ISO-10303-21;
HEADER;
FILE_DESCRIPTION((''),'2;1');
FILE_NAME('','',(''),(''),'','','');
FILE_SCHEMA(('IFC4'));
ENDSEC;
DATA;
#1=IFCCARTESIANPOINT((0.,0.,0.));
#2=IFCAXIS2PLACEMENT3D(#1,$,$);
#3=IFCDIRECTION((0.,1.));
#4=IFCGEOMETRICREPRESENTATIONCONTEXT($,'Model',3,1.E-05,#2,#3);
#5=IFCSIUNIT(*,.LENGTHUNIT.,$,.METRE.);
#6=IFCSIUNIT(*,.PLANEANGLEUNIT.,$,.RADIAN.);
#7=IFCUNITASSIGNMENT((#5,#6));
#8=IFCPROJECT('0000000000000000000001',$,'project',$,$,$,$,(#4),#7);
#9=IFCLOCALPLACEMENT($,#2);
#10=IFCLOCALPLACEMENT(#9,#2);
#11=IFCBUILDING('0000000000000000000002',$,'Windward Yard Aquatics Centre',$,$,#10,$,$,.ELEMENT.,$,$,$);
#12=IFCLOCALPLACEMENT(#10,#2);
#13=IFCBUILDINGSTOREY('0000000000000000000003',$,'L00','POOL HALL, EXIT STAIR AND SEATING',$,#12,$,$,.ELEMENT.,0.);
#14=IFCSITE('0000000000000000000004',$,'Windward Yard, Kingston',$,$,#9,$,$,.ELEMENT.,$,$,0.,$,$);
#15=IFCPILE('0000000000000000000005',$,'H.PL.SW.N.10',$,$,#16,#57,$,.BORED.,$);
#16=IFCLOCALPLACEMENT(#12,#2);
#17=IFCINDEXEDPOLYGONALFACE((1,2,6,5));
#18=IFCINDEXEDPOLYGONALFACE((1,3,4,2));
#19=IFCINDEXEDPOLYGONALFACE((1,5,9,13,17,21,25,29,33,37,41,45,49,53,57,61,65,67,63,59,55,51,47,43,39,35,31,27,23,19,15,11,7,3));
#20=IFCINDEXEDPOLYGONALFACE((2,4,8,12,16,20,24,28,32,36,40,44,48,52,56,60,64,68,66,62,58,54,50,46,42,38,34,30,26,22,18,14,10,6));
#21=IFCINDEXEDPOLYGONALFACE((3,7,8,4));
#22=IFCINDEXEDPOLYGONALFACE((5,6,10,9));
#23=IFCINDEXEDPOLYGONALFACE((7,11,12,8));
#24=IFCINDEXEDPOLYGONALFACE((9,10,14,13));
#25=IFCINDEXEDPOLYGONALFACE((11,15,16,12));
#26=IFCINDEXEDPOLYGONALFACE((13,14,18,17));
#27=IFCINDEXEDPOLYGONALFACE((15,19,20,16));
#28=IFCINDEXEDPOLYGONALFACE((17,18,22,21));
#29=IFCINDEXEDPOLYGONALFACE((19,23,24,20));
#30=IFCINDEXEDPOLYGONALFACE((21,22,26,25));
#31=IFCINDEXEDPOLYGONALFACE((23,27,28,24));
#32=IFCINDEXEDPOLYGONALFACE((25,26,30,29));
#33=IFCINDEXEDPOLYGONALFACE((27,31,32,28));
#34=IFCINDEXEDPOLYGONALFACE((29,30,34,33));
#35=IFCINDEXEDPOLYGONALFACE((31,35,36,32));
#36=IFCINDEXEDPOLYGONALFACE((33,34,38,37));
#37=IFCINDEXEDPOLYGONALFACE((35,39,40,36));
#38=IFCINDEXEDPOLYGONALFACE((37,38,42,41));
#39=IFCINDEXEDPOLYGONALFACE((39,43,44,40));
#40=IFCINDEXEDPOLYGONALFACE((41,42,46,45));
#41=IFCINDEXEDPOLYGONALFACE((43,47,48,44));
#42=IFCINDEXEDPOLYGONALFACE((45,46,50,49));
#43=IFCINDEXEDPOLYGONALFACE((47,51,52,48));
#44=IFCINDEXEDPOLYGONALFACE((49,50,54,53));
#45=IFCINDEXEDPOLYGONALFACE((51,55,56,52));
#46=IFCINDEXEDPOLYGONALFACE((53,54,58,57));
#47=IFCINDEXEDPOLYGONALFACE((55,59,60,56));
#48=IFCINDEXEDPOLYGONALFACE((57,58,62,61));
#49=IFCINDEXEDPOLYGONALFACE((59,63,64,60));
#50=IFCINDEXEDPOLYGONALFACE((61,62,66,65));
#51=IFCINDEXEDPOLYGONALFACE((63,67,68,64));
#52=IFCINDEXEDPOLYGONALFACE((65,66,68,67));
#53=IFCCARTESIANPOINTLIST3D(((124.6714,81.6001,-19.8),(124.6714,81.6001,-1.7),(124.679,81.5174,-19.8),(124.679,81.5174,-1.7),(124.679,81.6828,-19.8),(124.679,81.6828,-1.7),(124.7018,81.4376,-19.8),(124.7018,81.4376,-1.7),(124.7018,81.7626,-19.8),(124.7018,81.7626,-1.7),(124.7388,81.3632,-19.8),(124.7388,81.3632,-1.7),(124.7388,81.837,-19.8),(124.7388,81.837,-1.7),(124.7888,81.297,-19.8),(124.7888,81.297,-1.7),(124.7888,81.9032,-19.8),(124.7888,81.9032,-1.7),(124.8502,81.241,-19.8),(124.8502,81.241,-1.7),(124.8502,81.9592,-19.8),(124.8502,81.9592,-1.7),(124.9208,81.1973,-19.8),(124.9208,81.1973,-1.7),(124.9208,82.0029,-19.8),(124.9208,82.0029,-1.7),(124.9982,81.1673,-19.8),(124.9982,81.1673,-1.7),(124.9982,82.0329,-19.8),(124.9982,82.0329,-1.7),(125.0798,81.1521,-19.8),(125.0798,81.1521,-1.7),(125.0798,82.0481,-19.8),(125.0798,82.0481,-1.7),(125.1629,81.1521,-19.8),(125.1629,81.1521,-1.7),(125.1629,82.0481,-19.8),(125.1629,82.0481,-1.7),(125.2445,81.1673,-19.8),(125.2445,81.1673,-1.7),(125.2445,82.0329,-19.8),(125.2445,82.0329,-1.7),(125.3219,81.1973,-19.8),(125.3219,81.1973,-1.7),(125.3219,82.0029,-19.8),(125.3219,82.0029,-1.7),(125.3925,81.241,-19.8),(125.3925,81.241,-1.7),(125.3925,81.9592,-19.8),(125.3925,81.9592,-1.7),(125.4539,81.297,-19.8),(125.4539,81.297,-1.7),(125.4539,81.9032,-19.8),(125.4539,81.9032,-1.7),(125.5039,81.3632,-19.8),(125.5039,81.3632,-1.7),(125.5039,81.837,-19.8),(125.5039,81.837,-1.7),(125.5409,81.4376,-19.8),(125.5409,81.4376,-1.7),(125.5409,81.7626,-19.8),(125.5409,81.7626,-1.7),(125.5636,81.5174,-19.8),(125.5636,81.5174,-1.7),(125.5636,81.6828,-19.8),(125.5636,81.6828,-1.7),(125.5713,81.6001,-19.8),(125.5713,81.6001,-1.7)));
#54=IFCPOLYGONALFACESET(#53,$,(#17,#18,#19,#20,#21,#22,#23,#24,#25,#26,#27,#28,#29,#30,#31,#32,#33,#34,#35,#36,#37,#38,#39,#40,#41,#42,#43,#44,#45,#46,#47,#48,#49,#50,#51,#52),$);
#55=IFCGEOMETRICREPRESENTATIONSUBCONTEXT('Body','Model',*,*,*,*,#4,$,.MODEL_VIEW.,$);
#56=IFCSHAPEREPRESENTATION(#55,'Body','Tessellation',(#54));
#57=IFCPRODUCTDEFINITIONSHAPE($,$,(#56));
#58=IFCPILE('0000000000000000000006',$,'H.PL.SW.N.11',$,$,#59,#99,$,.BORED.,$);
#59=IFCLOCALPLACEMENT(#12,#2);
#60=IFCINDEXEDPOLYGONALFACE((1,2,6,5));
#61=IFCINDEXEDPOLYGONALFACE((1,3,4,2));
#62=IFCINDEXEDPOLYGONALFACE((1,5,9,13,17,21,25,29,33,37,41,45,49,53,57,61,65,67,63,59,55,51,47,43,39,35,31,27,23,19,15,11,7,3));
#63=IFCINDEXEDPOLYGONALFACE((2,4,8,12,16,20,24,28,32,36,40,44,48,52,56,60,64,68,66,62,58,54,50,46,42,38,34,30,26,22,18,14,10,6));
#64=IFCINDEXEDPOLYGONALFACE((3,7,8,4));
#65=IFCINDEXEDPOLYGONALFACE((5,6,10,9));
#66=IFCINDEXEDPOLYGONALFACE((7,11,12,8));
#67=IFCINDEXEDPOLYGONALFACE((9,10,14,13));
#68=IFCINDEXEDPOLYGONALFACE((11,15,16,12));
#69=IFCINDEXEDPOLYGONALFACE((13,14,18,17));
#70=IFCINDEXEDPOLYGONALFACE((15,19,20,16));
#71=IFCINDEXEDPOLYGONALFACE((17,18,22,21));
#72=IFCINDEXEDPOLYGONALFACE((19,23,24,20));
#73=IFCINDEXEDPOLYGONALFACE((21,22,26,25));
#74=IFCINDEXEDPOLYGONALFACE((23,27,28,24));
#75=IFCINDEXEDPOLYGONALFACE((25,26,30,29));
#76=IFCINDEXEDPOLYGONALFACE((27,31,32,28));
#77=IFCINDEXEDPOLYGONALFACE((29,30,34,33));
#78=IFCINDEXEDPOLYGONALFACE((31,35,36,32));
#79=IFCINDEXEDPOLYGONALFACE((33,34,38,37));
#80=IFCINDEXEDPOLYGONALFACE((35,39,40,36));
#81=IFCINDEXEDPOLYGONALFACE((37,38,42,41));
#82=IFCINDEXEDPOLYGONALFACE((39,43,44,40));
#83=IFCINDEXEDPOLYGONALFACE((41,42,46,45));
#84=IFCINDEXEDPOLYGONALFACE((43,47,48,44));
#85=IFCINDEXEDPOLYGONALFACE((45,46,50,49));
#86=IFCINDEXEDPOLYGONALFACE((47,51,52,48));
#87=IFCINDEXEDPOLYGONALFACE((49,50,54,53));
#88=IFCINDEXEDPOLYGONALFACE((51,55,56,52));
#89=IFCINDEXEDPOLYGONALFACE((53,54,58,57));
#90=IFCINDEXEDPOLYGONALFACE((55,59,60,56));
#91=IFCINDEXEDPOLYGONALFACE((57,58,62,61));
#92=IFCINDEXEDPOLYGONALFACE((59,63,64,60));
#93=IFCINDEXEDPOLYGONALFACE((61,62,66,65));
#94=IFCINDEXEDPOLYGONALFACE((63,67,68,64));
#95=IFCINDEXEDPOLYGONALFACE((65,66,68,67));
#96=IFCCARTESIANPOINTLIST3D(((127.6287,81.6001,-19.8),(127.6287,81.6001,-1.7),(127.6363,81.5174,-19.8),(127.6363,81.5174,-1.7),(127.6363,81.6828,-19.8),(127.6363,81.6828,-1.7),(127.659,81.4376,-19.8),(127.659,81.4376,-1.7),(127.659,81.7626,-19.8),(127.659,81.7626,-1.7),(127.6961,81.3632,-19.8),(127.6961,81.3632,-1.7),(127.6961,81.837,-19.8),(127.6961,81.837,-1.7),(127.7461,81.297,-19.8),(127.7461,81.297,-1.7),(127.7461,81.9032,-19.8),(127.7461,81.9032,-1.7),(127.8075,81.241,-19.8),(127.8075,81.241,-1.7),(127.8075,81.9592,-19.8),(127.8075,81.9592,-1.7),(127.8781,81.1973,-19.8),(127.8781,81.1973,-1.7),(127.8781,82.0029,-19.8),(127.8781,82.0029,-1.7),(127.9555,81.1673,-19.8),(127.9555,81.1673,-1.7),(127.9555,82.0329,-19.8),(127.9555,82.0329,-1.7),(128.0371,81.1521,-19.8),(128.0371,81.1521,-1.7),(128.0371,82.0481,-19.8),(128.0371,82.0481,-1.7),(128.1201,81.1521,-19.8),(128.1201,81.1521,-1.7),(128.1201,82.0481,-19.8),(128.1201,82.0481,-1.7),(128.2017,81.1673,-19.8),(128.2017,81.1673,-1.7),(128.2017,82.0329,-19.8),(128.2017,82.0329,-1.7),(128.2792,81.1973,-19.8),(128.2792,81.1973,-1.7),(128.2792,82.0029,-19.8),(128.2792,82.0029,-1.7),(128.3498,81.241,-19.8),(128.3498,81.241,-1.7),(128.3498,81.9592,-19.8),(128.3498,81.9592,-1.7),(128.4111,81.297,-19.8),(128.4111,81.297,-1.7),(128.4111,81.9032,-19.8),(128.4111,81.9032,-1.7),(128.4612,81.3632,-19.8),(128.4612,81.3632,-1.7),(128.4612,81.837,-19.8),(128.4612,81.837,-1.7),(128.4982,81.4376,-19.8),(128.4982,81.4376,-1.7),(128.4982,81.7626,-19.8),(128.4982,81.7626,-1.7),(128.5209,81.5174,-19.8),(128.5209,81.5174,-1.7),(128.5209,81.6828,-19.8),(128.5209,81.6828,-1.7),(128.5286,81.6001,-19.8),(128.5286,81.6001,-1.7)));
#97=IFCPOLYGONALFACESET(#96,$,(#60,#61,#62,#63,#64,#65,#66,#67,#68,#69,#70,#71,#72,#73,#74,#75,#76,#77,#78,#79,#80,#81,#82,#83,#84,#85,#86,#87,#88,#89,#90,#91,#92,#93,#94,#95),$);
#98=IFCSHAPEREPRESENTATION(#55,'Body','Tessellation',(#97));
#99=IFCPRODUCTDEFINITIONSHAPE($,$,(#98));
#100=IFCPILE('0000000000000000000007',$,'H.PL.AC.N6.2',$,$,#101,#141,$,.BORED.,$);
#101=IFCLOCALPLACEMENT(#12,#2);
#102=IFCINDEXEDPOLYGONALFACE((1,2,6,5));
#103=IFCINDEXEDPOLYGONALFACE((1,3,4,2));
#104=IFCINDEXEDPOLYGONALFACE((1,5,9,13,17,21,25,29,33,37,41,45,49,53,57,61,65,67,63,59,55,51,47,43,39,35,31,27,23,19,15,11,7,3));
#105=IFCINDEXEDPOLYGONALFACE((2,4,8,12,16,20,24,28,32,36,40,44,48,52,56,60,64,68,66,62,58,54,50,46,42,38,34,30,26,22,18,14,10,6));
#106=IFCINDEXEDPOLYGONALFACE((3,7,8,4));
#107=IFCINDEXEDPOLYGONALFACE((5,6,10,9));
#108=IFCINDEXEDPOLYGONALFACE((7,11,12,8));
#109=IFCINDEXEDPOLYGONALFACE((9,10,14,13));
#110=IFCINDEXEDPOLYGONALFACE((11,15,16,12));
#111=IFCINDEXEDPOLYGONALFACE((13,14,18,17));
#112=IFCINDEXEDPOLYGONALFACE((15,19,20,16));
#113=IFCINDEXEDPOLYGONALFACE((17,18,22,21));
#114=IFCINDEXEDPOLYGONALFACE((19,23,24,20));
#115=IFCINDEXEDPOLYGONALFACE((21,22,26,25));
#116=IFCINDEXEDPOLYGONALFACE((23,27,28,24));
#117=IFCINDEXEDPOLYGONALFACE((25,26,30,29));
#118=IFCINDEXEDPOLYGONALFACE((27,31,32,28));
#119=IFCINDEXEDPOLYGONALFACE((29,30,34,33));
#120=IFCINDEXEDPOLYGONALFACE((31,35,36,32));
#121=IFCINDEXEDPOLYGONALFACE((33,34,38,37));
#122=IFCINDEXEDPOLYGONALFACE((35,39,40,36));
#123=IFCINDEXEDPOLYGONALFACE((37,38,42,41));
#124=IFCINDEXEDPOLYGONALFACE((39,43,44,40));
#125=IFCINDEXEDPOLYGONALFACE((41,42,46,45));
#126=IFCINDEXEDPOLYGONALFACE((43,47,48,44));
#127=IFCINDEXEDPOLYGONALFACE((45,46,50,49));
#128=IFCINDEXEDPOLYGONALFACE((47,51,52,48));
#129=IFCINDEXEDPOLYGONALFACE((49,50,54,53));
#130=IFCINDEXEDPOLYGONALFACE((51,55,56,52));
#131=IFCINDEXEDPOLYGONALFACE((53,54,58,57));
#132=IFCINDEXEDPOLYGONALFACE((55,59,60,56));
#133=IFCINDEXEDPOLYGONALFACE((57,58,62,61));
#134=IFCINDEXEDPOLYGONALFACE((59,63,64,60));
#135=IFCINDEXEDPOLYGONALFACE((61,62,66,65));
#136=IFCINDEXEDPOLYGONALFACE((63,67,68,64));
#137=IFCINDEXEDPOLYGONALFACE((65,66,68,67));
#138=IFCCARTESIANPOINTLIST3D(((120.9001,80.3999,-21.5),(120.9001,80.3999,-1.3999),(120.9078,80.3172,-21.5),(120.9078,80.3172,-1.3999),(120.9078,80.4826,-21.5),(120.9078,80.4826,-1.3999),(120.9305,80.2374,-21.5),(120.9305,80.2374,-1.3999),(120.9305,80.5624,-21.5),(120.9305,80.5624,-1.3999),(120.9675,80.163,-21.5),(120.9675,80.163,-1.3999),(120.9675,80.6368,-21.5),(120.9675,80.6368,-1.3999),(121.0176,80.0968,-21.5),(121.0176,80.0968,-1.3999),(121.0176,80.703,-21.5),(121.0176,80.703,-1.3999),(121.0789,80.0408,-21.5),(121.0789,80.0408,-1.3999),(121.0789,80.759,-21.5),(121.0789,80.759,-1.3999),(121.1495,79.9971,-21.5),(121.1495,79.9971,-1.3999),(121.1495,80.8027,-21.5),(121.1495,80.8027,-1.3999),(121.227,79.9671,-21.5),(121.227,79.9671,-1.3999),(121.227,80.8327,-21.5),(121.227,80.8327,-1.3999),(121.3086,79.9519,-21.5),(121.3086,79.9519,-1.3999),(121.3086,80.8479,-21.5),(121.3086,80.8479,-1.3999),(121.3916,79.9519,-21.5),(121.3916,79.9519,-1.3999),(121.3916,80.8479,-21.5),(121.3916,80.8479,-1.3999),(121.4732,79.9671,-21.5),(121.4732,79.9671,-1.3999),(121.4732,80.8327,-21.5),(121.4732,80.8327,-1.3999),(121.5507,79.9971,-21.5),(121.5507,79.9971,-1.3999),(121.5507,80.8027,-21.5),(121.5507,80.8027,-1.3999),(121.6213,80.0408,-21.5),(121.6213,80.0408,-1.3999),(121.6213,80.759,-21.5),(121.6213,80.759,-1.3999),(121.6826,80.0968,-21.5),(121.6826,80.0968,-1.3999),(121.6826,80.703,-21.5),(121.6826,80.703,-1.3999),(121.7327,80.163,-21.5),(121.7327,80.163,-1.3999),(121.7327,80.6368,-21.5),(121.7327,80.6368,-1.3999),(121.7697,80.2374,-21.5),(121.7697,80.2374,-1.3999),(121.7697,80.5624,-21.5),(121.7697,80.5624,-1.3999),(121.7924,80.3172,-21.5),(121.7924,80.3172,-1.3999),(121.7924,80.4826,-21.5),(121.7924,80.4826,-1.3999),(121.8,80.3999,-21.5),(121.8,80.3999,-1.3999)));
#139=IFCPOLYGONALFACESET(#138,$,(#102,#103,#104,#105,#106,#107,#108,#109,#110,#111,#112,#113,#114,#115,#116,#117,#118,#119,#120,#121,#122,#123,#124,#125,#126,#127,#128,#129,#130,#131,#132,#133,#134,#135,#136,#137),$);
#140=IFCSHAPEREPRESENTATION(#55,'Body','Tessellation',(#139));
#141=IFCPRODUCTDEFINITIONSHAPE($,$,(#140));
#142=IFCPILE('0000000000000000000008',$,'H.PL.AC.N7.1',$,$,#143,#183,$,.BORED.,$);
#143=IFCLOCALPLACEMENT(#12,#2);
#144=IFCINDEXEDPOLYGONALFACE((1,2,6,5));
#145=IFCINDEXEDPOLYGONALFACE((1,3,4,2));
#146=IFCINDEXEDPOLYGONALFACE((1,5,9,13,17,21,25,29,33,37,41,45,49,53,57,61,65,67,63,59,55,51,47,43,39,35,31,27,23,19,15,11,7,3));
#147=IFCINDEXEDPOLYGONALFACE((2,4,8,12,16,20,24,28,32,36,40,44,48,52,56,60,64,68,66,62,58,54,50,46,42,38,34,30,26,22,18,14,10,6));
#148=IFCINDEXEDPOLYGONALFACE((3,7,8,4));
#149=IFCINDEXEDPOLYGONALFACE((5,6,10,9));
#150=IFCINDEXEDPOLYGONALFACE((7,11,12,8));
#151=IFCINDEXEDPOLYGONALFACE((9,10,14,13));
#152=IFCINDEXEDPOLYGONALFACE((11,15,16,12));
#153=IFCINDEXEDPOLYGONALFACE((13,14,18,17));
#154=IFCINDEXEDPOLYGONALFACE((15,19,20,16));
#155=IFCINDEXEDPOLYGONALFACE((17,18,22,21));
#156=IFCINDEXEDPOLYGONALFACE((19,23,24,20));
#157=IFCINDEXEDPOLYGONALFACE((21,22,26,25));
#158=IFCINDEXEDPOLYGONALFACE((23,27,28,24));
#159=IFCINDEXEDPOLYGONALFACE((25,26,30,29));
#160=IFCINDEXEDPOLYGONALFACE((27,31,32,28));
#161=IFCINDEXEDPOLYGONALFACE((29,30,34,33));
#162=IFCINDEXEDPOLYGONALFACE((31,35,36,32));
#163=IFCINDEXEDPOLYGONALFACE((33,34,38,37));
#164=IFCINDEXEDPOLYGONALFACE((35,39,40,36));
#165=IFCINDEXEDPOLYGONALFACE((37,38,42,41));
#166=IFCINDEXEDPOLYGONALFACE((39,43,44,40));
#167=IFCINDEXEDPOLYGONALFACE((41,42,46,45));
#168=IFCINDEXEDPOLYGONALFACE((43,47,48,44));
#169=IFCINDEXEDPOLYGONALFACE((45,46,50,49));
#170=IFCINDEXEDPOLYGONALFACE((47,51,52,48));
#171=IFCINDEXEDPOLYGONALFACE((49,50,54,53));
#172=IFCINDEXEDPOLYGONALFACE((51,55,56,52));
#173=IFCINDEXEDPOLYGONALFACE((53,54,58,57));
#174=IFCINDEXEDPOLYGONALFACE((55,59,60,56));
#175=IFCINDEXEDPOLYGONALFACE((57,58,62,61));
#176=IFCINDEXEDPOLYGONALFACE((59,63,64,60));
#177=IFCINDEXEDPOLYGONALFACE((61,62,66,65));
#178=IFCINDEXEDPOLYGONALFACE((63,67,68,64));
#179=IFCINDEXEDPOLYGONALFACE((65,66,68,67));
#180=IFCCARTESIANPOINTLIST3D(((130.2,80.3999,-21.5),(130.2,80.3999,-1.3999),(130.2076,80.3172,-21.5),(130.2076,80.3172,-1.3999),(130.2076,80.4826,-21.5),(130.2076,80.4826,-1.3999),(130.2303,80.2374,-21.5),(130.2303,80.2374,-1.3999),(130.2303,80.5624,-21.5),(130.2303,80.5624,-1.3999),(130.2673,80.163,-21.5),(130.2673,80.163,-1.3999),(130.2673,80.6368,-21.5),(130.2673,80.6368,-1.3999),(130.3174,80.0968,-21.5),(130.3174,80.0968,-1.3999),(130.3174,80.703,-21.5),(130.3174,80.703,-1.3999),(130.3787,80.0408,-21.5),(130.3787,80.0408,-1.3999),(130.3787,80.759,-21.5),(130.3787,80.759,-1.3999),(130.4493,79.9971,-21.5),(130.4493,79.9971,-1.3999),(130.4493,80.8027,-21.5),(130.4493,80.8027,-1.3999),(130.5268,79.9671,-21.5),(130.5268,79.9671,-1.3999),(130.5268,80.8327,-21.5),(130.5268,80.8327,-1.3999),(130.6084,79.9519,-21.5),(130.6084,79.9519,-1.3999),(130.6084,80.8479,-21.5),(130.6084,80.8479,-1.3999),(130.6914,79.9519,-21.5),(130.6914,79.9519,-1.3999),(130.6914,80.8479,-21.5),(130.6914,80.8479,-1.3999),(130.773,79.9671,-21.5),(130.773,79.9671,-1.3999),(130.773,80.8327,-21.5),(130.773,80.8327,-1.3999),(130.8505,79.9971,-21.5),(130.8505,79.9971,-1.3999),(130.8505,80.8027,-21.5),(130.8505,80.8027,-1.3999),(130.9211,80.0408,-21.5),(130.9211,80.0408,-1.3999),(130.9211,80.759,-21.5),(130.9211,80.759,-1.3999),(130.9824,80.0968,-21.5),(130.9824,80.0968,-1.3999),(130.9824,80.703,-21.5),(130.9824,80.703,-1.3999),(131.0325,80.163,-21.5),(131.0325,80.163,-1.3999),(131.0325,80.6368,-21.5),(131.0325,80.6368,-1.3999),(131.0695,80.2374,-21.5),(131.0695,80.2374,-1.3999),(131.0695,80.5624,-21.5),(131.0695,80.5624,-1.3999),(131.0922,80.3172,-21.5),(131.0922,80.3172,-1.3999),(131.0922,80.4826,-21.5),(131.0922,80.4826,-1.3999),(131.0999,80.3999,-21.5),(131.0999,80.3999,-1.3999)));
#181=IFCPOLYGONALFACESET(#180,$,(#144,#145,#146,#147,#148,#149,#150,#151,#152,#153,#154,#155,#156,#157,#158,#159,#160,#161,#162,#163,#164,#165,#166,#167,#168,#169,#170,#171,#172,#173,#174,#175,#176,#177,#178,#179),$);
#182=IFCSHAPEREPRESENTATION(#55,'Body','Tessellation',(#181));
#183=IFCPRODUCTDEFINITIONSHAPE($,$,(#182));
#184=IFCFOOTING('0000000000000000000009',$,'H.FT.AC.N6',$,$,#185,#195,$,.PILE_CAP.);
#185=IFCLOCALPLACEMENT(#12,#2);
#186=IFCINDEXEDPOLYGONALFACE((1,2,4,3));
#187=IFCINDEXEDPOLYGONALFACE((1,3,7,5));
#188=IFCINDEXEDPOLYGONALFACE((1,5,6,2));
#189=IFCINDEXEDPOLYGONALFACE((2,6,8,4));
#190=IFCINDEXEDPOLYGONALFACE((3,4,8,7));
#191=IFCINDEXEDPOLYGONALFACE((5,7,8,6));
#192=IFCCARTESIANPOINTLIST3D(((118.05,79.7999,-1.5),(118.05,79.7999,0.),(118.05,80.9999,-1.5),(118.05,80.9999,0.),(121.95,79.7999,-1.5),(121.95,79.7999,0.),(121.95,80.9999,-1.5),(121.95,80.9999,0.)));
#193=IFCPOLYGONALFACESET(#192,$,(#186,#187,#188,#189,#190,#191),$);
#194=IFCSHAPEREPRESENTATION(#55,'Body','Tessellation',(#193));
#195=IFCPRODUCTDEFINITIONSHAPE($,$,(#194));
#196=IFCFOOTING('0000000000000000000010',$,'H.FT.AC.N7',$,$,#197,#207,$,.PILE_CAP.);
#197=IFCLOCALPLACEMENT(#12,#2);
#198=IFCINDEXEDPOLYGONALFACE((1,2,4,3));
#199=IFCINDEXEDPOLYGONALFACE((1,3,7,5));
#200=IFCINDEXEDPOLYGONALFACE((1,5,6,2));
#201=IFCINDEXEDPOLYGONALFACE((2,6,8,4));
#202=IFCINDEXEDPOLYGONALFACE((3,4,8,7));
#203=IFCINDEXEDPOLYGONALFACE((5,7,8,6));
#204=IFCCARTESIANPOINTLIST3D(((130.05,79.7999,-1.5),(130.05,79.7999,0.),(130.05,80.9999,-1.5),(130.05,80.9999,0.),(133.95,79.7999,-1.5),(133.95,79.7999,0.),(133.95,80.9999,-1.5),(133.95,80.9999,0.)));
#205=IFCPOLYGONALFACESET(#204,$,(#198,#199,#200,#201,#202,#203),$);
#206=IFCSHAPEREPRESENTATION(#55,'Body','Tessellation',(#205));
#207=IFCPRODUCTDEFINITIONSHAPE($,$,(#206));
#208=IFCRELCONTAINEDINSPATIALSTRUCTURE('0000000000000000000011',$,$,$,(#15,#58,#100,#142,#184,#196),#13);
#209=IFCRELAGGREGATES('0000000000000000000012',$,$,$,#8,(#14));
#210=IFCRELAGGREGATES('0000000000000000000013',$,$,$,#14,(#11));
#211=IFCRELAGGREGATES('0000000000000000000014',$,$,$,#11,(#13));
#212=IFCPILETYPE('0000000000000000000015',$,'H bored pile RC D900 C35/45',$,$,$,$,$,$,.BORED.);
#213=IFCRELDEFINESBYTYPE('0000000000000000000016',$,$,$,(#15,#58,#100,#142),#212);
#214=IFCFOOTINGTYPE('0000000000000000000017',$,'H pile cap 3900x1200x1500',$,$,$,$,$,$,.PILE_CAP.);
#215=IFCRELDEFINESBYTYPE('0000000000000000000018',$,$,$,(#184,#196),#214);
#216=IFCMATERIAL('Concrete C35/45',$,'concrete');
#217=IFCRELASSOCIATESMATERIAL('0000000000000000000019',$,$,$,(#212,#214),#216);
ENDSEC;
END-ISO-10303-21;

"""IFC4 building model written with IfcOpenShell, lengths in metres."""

from ifc_helpers import new_model, si_unit, direction, frame, origin, origin_2d, place, context, subcontext, project, spatial, rectangle, circle, extrude, material, material_profile, profile_set, type_object, element, save


model = new_model("IFC4")

# Units and contexts
model_context = context("Model", 3, precision=1e-05, world=origin(), true_north=direction((0.0, 1.0)))
body_context = subcontext(model_context, "Body", "Model", "MODEL_VIEW")
ifc_project = project(units=[si_unit("LENGTHUNIT", "METRE"), si_unit("PLANEANGLEUNIT", "RADIAN")], contexts=[model_context])

# Site, building, storey
site_placement = place(None, origin())
site = spatial("IfcSite", under=ifc_project, at=site_placement, Name="Windward Yard, Kingston", CompositionType="ELEMENT", RefElevation=0.0)
building_placement = place(site_placement, origin())
building = spatial("IfcBuilding", under=site, at=building_placement, Name="Windward Yard Aquatics Centre", CompositionType="ELEMENT")
storey_placement = place(building_placement, origin())
storey = spatial("IfcBuildingStorey", under=building, at=storey_placement, Name="L00", Description="POOL HALL, EXIT STAIR AND SEATING", CompositionType="ELEMENT", Elevation=0.0)

# Piles
ifc_material_1 = material(Name="Concrete C35/45", Category="concrete")
ifc_material_profile_1 = material_profile(ifc_material_1, circle(Radius=0.45, at=origin_2d()), Name="RC D900")
ifc_profile_set_1 = profile_set([ifc_material_profile_1], Name="Concrete C35/45")
pile_type = type_object("IfcPileType", Name="H bored pile RC D900 C35/45", PredefinedType="BORED", material=ifc_profile_set_1)
for number, where, z_axis, x_axis, name in (
    (1, (125.1213, 81.6001, -1.7), (0.0, 0.0, -1.0), (1.0, 0.0, 0.0), "H.PL.SW.N.10"),
    (2, (128.0786, 81.6001, -1.7), (0.0, 0.0, -1.0), (1.0, 0.0, 0.0), "H.PL.SW.N.11"),
):
    element("IfcPile", number, at=place(storey_placement, frame(where, z_axis=z_axis, x_axis=x_axis)), inside=storey, type_object=pile_type, Name=name, PredefinedType="BORED", context=body_context, shape_type="SweptSolid", body=[
        extrude(circle(Radius=0.45, at=origin_2d()), origin(), (0.0, 0.0, 1.0), 18.1001),
    ])
for number, where, z_axis, x_axis, name in (
    (3, (121.3501, 80.3999, -1.3999), (0.0, 0.0, -1.0), (1.0, 0.0, 0.0), "H.PL.AC.N6.2"),
    (4, (130.6499, 80.3999, -1.3999), (0.0, 0.0, -1.0), (1.0, 0.0, 0.0), "H.PL.AC.N7.1"),
):
    element("IfcPile", number, at=place(storey_placement, frame(where, z_axis=z_axis, x_axis=x_axis)), inside=storey, type_object=pile_type, Name=name, PredefinedType="BORED", context=body_context, shape_type="SweptSolid", body=[
        extrude(circle(Radius=0.45, at=origin_2d()), origin(), (0.0, 0.0, 1.0), 20.1001),
    ])

# Footings
footing_type = type_object("IfcFootingType", Name="H pile cap 3900x1200x1500", PredefinedType="PILE_CAP", material=ifc_material_1)
for number, where, z_axis, x_axis, name in (
    (5, (120.0, 80.3999, -1.5), (0.0, 0.0, 1.0), (1.0, 0.0, 0.0), "H.FT.AC.N6"),
    (6, (132.0, 80.3999, -1.5), (0.0, 0.0, 1.0), (1.0, 0.0, 0.0), "H.FT.AC.N7"),
):
    element("IfcFooting", number, at=place(storey_placement, frame(where, z_axis=z_axis, x_axis=x_axis)), inside=storey, type_object=footing_type, Name=name, PredefinedType="PILE_CAP", context=body_context, shape_type="SweptSolid", body=[
        extrude(rectangle(XDim=3.8999, YDim=1.2, at=origin_2d()), origin(), (0.0, 0.0, 1.0), 1.5),
    ])

save(model, "model.ifc")
